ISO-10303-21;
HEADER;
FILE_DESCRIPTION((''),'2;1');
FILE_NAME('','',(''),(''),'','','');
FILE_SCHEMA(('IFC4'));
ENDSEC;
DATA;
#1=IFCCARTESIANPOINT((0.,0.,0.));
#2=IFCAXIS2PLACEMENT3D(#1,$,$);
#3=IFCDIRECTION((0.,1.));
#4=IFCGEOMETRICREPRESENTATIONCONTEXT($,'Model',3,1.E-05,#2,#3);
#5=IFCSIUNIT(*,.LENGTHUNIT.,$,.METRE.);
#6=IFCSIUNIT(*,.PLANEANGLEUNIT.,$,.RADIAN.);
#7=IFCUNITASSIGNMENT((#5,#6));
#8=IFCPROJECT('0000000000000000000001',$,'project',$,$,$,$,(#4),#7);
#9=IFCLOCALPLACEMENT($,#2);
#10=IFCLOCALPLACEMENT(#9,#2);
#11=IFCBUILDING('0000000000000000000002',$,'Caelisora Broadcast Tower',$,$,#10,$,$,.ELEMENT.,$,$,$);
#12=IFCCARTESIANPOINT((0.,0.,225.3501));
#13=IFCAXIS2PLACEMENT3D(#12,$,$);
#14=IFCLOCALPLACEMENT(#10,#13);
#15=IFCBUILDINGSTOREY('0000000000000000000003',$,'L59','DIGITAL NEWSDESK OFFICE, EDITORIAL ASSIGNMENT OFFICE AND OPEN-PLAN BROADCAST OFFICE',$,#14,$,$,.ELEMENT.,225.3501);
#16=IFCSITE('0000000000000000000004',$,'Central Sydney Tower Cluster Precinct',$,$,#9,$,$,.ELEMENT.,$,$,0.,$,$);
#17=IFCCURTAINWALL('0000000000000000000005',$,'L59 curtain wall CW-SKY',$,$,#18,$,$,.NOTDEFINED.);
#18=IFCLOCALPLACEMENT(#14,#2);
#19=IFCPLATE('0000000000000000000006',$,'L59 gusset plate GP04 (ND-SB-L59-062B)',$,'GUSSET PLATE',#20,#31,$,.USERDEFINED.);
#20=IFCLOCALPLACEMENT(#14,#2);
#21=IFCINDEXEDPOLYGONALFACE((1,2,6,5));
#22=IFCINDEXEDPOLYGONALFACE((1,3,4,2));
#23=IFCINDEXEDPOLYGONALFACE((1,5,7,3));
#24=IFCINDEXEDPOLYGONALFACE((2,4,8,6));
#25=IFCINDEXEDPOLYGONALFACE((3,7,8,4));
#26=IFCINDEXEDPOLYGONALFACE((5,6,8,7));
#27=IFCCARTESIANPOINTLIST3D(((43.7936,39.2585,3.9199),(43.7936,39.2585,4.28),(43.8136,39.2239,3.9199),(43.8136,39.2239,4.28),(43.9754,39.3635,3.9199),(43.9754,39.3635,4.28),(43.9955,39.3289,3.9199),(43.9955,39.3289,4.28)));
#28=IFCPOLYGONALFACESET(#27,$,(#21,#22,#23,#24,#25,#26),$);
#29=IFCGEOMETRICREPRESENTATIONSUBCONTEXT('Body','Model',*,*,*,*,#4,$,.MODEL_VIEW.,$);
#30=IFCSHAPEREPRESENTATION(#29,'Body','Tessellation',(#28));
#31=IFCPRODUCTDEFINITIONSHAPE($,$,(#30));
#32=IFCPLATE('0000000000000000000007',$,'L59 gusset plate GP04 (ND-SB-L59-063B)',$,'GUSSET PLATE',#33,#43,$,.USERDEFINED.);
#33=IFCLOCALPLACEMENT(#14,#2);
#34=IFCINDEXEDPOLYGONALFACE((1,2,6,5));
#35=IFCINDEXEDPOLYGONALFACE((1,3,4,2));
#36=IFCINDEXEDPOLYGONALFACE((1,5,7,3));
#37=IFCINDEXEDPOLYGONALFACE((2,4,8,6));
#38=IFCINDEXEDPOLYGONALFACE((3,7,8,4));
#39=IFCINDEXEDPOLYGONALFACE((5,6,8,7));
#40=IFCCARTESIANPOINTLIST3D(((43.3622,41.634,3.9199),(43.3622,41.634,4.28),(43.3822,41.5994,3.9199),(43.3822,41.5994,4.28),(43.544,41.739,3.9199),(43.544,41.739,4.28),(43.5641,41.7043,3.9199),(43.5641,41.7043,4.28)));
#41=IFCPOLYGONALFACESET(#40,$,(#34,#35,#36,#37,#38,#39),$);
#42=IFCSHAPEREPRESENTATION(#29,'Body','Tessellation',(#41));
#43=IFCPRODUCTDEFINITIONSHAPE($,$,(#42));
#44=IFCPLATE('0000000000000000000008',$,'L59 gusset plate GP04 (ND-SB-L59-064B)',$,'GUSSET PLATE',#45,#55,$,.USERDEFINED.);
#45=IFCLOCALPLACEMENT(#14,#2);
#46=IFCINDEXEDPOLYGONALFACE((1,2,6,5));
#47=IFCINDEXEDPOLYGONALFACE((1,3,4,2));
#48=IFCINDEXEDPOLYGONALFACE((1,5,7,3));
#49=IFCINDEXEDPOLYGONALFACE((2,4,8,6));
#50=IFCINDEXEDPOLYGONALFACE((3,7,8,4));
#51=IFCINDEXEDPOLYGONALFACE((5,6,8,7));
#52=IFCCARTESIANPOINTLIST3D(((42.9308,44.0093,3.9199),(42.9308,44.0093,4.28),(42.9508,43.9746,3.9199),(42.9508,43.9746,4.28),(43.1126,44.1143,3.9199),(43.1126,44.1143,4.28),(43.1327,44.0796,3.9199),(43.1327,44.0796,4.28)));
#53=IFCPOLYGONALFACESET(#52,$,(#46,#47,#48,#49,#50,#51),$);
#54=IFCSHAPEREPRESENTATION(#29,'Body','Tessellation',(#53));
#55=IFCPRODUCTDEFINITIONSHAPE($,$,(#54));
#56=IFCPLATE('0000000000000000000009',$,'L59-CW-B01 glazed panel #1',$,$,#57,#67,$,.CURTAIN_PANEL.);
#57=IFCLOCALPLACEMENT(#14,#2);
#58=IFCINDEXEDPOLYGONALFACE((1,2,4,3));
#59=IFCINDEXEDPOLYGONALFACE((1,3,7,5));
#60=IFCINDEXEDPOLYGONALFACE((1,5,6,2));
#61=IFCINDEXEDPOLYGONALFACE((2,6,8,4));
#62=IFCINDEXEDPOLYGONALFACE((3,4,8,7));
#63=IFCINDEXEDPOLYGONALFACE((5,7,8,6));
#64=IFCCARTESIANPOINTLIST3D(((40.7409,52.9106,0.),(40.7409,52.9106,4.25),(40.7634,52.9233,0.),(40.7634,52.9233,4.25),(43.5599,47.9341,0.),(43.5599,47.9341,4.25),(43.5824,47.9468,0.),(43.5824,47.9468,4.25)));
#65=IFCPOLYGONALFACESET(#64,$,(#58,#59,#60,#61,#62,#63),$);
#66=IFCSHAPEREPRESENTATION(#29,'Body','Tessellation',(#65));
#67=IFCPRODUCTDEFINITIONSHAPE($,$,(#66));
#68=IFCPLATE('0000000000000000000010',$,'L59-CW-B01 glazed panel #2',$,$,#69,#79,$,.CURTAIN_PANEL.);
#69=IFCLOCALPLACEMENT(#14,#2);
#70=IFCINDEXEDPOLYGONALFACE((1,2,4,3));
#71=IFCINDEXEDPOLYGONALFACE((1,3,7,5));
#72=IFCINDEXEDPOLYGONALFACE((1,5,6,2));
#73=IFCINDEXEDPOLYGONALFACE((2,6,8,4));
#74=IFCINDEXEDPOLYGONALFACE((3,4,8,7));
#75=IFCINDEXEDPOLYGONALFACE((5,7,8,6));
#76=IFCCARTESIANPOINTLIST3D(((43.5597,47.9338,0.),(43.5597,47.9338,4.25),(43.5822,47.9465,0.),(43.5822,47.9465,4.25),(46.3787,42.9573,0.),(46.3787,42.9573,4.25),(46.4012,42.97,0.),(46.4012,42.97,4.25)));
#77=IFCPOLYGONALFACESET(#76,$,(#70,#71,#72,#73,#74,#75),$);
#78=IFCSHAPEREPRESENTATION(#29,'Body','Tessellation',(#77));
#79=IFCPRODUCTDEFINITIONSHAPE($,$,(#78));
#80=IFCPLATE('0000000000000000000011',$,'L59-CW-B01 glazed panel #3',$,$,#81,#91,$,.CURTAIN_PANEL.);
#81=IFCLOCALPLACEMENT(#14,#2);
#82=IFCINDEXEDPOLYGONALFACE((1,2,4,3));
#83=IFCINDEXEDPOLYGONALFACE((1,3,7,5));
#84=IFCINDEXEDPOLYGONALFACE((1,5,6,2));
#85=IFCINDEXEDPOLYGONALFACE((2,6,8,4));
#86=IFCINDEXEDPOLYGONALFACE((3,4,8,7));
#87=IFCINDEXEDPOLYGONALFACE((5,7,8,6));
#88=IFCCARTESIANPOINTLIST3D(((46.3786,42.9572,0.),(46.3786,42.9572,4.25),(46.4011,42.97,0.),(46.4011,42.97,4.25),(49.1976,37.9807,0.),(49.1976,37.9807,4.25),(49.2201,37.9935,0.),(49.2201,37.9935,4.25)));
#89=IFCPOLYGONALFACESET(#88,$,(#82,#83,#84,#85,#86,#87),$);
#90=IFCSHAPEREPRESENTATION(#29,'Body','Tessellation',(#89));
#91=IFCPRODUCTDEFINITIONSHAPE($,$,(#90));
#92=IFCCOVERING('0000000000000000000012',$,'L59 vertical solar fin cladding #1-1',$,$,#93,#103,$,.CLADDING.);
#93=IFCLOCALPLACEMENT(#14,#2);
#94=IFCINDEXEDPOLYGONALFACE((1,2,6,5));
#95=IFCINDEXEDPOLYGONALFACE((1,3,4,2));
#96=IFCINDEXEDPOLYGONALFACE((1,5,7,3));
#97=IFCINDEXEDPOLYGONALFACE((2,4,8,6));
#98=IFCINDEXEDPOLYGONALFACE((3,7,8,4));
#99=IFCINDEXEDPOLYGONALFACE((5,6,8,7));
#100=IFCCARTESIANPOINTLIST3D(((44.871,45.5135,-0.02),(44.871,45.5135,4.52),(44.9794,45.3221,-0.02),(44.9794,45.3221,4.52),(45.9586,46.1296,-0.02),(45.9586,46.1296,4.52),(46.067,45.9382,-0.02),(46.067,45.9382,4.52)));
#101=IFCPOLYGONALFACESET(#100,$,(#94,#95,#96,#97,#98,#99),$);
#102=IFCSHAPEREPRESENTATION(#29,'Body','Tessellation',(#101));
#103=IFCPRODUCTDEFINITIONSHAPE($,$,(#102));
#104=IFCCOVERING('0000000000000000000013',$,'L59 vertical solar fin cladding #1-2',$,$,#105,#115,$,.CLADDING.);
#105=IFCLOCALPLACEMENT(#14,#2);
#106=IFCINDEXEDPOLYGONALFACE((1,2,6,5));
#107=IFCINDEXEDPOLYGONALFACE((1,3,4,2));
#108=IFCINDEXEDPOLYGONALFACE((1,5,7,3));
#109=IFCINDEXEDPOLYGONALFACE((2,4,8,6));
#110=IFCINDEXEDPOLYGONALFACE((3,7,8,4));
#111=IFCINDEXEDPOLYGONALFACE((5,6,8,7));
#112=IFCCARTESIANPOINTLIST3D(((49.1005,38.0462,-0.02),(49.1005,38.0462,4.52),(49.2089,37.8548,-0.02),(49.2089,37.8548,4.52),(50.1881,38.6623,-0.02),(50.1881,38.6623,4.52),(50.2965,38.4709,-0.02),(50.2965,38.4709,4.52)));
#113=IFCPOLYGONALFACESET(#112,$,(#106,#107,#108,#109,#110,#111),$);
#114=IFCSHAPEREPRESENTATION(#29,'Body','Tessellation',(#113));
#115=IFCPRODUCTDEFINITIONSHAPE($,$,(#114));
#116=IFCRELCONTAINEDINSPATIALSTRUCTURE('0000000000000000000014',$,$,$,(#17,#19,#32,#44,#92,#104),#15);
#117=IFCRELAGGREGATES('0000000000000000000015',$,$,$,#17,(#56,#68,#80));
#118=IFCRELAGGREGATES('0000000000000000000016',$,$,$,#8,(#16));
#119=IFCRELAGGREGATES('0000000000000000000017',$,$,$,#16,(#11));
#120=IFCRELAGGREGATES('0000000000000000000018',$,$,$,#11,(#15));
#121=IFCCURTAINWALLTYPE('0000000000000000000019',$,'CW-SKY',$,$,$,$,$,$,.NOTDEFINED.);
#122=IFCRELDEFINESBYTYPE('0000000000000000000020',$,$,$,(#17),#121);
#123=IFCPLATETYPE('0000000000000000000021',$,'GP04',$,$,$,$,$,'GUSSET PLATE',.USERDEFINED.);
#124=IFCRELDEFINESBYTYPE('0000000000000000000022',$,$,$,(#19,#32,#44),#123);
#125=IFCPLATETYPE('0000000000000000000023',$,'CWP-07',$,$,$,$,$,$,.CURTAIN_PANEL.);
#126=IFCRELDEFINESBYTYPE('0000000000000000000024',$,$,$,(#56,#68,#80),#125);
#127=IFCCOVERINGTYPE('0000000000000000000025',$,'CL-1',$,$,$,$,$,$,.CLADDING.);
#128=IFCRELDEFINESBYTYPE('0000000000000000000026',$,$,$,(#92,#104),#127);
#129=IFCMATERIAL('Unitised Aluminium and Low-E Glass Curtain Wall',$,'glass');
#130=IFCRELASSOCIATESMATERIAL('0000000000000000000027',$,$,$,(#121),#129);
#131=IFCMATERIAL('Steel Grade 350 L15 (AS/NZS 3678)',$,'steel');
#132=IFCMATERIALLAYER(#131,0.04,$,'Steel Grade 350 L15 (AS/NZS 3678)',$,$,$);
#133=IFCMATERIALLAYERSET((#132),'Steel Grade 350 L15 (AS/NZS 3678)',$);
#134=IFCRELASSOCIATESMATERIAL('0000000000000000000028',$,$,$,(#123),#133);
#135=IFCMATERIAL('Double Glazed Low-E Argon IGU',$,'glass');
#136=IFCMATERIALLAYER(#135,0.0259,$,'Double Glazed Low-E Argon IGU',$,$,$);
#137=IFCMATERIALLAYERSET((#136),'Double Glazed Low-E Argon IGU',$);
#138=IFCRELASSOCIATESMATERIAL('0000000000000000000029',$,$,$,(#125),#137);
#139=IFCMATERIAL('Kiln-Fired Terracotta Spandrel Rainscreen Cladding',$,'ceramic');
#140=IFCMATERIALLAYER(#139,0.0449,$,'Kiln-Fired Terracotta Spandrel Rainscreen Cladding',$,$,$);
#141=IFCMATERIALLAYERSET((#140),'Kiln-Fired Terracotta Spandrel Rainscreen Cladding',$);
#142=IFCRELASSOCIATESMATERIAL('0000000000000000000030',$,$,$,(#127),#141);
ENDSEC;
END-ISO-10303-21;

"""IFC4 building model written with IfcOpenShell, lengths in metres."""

from ifc_helpers import new_model, si_unit, direction, frame, origin, origin_2d, place, context, subcontext, project, spatial, rectangle, extrude, source, transform, mapped, material, layer, layer_set, type_object, type_shapes, element, aggregate, save


model = new_model("IFC4")

# Units and contexts
model_context = context("Model", 3, precision=1e-05, world=origin(), true_north=direction((0.0, 1.0)))
body_context = subcontext(model_context, "Body", "Model", "MODEL_VIEW")
ifc_project = project(units=[si_unit("LENGTHUNIT", "METRE"), si_unit("PLANEANGLEUNIT", "RADIAN")], contexts=[model_context])

# Site, building, storey
site_placement = place(None, origin())
site = spatial("IfcSite", under=ifc_project, at=site_placement, Name="Central Sydney Tower Cluster Precinct", CompositionType="ELEMENT", RefElevation=0.0)
building_placement = place(site_placement, origin())
building = spatial("IfcBuilding", under=site, at=building_placement, Name="Caelisora Broadcast Tower", CompositionType="ELEMENT")
storey_placement = place(building_placement, frame((0.0, 0.0, 225.3501)))
storey = spatial("IfcBuildingStorey", under=building, at=storey_placement, Name="L59", Description="DIGITAL NEWSDESK OFFICE, EDITORIAL ASSIGNMENT OFFICE AND OPEN-PLAN BROADCAST OFFICE", CompositionType="ELEMENT", Elevation=225.3501)

# Shared definitions
ifc_material_1 = material(Name="Steel Grade 350 L15 (AS/NZS 3678)", Category="steel")

# Curtain wall
ifc_material_2 = material(Name="Unitised Aluminium and Low-E Glass Curtain Wall", Category="glass")
curtain_wall_type_1 = type_object("IfcCurtainWallType", Name="CW-SKY", PredefinedType="NOTDEFINED", material=ifc_material_2)
curtain_wall_1_placement = place(storey_placement, origin())
curtain_wall_1 = element("IfcCurtainWall", 1, at=curtain_wall_1_placement, inside=storey, type_object=curtain_wall_type_1, Name="L59 curtain wall CW-SKY", PredefinedType="NOTDEFINED")

# Plates
ifc_layer_1 = layer(ifc_material_1, 0.04, Name="Steel Grade 350 L15 (AS/NZS 3678)")
ifc_layer_set_1 = layer_set([ifc_layer_1], Name="Steel Grade 350 L15 (AS/NZS 3678)")
plate_type_1 = type_object("IfcPlateType", Name="GP04", ElementType="GUSSET PLATE", PredefinedType="USERDEFINED", material=ifc_layer_set_1)
shared_shape_1 = source(origin(), body_context, "Body", "SweptSolid", [
    extrude(rectangle(XDim=0.21, YDim=0.04, at=origin_2d()), origin(), (0.0, 0.0, 1.0), 0.3601),
])
type_shapes(plate_type_1, [shared_shape_1])
for number, where, z_axis, x_axis, name in (
    (2, (43.8945, 39.2937, 3.9199), (0.0, 0.0, 1.0), (-0.866025, -0.5, 0.0), "L59 gusset plate GP04 (ND-SB-L59-062B)"),
    (3, (43.4631, 41.6692, 3.9199), (0.0, 0.0, 1.0), (-0.866025, -0.5, 0.0), "L59 gusset plate GP04 (ND-SB-L59-063B)"),
    (4, (43.0317, 44.0444, 3.9199), (0.0, 0.0, 1.0), (-0.866025, -0.5, 0.0), "L59 gusset plate GP04 (ND-SB-L59-064B)"),
):
    element("IfcPlate", number, at=place(storey_placement, frame(where, z_axis=z_axis, x_axis=x_axis)), inside=storey, type_object=plate_type_1, Name=name, ObjectType="GUSSET PLATE", PredefinedType="USERDEFINED", context=body_context, shape_type="MappedRepresentation", body=[
        mapped(shared_shape_1, transform((0.0, 0.0, 0.0), scale=1.0)),
    ])

# Plates
ifc_material_3 = material(Name="Double Glazed Low-E Argon IGU", Category="glass")
ifc_layer_2 = layer(ifc_material_3, 0.0259, Name="Double Glazed Low-E Argon IGU")
ifc_layer_set_2 = layer_set([ifc_layer_2], Name="Double Glazed Low-E Argon IGU")
plate_type_2 = type_object("IfcPlateType", Name="CWP-07", PredefinedType="CURTAIN_PANEL", material=ifc_layer_set_2)
shared_shape_2 = source(origin(), body_context, "Body", "SweptSolid", [
    extrude(rectangle(XDim=5.7195, YDim=0.0259, at=origin_2d()), origin(), (0.0, 0.0, 1.0), 4.25),
])
type_shapes(plate_type_2, [shared_shape_2])
plate_1_placement = place(storey_placement, frame((42.1616, 50.4287, 0.0), z_axis=(0.0, 0.0, 1.0), x_axis=(0.492879, -0.870098, 0.0)))
plate_1 = element("IfcPlate", 5, at=plate_1_placement, type_object=plate_type_2, Name="L59-CW-B01 glazed panel #1", PredefinedType="CURTAIN_PANEL", context=body_context, shape_type="MappedRepresentation", body=[
    mapped(shared_shape_2, transform((0.0, 0.0, 0.0), scale=1.0)),
])
plate_2_placement = place(storey_placement, frame((44.9805, 45.4519, 0.0), z_axis=(0.0, 0.0, 1.0), x_axis=(0.492879, -0.870098, 0.0)))
plate_2 = element("IfcPlate", 6, at=plate_2_placement, type_object=plate_type_2, Name="L59-CW-B01 glazed panel #2", PredefinedType="CURTAIN_PANEL", context=body_context, shape_type="MappedRepresentation", body=[
    mapped(shared_shape_2, transform((0.0, 0.0, 0.0), scale=1.0)),
])
plate_3_placement = place(storey_placement, frame((47.7993, 40.4753, 0.0), z_axis=(0.0, 0.0, 1.0), x_axis=(0.492879, -0.870098, 0.0)))
plate_3 = element("IfcPlate", 7, at=plate_3_placement, type_object=plate_type_2, Name="L59-CW-B01 glazed panel #3", PredefinedType="CURTAIN_PANEL", context=body_context, shape_type="MappedRepresentation", body=[
    mapped(shared_shape_2, transform((0.0, 0.0, 0.0), scale=1.0)),
])
aggregate(curtain_wall_1, [plate_1, plate_2, plate_3])

# Coverings
ifc_material_4 = material(Name="Kiln-Fired Terracotta Spandrel Rainscreen Cladding", Category="ceramic")
ifc_layer_3 = layer(ifc_material_4, 0.0449, Name="Kiln-Fired Terracotta Spandrel Rainscreen Cladding")
ifc_layer_set_3 = layer_set([ifc_layer_3], Name="Kiln-Fired Terracotta Spandrel Rainscreen Cladding")
covering_type = type_object("IfcCoveringType", Name="CL-1", PredefinedType="CLADDING", material=ifc_layer_set_3)
shared_shape_3 = source(origin(), body_context, "Body", "SweptSolid", [
    extrude(rectangle(XDim=0.22, YDim=1.25, at=origin_2d()), origin(), (0.0, 0.0, 1.0), 4.54),
])
type_shapes(covering_type, [shared_shape_3])
for number, where, z_axis, x_axis, name in (
    (8, (45.469, 45.7258, -0.02), (0.0, 0.0, 1.0), (0.492879, -0.870098, 0.0), "L59 vertical solar fin cladding #1-1"),
    (9, (49.6985, 38.2585, -0.02), (0.0, 0.0, 1.0), (0.492879, -0.870098, 0.0), "L59 vertical solar fin cladding #1-2"),
):
    element("IfcCovering", number, at=place(storey_placement, frame(where, z_axis=z_axis, x_axis=x_axis)), inside=storey, type_object=covering_type, Name=name, PredefinedType="CLADDING", context=body_context, shape_type="MappedRepresentation", body=[
        mapped(shared_shape_3, transform((0.0, 0.0, 0.0), scale=1.0)),
    ])

save(model, "model.ifc")
